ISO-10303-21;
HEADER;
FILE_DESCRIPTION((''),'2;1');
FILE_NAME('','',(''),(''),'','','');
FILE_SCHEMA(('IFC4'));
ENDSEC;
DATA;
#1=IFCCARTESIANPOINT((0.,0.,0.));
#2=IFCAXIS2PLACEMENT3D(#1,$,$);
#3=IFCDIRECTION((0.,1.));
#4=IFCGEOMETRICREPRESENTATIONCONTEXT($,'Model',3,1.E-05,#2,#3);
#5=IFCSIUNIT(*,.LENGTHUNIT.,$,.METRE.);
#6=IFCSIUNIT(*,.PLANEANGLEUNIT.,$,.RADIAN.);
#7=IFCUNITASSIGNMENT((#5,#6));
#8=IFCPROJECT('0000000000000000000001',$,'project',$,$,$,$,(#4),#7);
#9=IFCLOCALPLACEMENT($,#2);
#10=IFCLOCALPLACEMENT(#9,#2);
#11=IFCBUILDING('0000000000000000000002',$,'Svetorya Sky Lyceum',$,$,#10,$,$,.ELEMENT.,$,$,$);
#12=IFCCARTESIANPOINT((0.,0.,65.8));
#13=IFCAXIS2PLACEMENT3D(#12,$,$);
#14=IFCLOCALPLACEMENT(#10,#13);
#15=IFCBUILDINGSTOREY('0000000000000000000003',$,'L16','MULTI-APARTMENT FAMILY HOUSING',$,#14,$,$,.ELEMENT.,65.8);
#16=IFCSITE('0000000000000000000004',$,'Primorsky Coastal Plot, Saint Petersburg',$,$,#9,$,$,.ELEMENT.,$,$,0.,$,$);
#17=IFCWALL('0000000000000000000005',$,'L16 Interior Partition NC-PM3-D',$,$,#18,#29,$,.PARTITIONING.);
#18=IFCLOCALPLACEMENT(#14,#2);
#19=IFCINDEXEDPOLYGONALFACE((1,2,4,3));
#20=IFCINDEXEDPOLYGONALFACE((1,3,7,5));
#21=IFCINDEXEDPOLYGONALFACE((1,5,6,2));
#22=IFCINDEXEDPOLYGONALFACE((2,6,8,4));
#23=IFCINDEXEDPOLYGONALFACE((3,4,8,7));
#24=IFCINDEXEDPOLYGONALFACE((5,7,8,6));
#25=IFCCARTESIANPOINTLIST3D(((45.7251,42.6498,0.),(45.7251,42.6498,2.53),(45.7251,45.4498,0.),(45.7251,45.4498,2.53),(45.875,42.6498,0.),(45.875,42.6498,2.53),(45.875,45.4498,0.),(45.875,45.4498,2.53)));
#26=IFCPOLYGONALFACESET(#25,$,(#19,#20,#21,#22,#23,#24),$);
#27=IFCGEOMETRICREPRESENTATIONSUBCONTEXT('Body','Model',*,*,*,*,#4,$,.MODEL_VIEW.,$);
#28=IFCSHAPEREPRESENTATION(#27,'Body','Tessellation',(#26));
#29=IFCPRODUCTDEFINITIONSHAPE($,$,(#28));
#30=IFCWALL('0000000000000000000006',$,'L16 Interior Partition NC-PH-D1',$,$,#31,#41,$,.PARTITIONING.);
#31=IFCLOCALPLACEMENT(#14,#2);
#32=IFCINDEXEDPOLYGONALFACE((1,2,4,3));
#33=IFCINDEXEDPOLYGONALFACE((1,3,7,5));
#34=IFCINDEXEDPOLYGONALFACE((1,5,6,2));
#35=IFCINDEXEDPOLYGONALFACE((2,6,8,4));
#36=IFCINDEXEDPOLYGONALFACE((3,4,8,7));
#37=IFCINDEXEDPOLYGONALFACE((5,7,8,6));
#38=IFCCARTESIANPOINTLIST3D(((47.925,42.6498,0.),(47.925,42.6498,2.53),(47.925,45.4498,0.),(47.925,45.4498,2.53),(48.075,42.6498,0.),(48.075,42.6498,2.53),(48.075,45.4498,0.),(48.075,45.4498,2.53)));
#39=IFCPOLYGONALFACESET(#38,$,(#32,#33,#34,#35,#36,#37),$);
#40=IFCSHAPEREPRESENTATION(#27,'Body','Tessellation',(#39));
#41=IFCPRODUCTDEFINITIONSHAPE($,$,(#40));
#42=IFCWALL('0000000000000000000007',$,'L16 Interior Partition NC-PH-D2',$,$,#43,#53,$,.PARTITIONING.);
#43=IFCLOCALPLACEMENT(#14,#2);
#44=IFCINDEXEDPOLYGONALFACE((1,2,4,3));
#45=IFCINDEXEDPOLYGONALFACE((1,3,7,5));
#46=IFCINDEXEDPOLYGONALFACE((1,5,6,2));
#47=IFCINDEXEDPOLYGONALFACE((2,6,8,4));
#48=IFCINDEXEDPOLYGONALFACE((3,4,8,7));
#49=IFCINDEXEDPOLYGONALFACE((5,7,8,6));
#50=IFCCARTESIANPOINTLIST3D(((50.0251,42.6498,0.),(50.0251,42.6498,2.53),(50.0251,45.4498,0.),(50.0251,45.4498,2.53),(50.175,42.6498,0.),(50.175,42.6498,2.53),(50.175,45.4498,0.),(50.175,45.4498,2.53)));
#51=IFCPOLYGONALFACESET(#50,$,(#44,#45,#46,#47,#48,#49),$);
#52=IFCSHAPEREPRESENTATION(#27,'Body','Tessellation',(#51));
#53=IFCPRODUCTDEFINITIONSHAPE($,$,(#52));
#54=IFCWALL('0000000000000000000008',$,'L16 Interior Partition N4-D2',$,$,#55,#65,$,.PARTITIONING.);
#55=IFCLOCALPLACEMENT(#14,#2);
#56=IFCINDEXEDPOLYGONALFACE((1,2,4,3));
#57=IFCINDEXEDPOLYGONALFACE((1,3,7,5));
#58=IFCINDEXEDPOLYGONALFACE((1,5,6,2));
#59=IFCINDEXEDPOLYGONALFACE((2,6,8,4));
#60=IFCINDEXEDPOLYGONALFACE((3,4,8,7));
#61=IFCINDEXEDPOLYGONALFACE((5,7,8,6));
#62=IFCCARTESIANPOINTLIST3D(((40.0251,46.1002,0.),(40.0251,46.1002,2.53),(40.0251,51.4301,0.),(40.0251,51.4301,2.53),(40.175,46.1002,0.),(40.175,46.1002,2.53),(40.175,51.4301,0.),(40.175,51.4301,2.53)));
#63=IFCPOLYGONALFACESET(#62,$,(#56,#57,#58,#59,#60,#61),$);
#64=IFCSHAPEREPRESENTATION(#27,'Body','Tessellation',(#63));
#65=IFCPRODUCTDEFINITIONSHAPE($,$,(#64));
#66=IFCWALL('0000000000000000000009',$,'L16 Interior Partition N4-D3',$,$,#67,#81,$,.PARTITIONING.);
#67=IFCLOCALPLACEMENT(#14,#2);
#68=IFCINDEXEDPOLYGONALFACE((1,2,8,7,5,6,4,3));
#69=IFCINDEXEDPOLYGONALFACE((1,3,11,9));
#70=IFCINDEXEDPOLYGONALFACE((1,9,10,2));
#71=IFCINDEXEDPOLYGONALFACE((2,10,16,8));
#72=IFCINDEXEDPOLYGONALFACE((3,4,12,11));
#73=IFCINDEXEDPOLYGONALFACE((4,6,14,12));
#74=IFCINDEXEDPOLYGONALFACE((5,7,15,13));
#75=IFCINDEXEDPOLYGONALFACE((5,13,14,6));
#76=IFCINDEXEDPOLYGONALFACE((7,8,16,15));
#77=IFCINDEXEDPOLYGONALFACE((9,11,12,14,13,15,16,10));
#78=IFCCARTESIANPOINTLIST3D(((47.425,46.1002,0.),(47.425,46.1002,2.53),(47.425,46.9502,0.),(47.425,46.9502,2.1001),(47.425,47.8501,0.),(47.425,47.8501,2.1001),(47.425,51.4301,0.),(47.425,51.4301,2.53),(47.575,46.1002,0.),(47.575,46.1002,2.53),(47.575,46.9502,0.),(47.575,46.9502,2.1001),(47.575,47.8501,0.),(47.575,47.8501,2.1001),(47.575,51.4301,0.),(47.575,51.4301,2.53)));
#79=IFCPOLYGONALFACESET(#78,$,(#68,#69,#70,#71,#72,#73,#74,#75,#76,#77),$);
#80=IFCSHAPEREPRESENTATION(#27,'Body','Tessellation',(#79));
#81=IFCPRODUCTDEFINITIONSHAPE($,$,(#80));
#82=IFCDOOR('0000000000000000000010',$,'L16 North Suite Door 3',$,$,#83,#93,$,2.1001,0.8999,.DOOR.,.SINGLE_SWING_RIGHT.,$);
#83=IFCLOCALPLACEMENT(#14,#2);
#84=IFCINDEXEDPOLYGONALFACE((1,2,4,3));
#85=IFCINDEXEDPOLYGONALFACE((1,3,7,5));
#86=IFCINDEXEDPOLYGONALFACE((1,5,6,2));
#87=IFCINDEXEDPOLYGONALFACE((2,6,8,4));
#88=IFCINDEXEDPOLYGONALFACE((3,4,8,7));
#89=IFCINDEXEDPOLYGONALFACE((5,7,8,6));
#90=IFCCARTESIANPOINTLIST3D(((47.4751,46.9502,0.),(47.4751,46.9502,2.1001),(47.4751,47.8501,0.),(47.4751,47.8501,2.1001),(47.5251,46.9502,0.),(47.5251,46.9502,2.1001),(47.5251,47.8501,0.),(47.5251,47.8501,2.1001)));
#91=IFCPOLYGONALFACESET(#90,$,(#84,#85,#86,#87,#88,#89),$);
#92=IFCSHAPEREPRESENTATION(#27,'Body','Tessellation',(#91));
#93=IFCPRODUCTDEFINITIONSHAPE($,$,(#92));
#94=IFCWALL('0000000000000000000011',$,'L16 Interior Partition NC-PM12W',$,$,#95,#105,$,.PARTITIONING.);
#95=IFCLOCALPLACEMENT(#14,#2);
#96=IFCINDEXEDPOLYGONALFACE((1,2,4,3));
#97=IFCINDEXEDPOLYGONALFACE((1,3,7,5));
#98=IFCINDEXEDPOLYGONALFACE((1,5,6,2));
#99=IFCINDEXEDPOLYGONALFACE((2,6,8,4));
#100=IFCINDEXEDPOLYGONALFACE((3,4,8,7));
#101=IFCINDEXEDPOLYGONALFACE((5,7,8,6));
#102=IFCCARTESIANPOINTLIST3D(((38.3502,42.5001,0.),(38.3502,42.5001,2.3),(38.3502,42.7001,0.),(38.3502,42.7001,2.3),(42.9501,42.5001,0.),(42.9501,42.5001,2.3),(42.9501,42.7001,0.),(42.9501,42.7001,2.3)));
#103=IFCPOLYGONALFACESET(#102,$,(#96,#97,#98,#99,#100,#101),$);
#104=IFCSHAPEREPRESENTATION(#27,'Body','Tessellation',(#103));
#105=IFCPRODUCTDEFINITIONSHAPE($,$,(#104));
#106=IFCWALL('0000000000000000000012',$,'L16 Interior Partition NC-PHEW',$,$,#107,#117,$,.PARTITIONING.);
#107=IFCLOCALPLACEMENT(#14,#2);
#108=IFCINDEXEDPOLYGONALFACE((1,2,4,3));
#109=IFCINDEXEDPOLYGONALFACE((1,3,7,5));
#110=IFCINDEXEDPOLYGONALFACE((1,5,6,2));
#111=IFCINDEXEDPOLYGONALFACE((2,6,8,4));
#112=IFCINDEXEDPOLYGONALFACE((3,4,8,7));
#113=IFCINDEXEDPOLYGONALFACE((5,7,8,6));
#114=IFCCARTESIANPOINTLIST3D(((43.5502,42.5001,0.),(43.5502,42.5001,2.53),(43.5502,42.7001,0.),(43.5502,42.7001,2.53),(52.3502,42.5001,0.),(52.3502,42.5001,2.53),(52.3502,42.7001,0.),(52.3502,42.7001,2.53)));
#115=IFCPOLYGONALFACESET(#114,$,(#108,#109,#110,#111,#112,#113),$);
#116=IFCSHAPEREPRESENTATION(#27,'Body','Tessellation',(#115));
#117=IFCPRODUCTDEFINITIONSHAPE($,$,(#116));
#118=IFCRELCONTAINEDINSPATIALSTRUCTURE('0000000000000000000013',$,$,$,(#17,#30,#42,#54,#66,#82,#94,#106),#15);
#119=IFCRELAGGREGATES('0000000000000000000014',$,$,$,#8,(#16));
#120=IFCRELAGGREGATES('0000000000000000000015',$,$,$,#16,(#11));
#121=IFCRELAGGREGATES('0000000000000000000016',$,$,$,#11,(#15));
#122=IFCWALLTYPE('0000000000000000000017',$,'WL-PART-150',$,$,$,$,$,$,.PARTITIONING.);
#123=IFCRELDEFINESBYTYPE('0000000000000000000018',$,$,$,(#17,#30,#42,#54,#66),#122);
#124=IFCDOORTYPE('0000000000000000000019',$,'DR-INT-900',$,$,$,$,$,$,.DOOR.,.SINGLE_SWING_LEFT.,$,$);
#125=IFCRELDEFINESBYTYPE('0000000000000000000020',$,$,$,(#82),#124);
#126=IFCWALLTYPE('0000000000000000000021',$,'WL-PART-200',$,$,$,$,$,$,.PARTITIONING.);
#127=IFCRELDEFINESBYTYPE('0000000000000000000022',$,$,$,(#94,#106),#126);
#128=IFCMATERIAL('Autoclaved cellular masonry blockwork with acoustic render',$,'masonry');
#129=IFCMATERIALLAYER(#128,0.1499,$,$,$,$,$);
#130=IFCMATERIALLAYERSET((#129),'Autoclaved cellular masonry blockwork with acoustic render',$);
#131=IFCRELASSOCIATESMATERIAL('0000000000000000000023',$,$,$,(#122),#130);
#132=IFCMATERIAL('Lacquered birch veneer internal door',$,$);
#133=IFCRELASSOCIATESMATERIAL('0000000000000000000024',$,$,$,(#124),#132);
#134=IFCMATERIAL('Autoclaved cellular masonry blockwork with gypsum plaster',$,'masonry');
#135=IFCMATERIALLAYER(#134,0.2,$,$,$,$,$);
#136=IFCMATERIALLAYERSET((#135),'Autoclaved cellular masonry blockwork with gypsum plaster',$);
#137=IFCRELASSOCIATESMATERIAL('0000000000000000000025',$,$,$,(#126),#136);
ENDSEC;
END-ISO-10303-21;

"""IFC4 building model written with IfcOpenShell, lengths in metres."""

from ifc_helpers import new_model, si_unit, direction, frame, frame_2d, origin, place, context, subcontext, project, spatial, rectangle, extrude, material, layer, layer_set, type_object, element, fill, save


model = new_model("IFC4")

# Units and contexts
model_context = context("Model", 3, precision=1e-05, world=origin(), true_north=direction((0.0, 1.0)))
body_context = subcontext(model_context, "Body", "Model", "MODEL_VIEW")
ifc_project = project(units=[si_unit("LENGTHUNIT", "METRE"), si_unit("PLANEANGLEUNIT", "RADIAN")], contexts=[model_context])

# Site, building, storey
site_placement = place(None, origin())
site = spatial("IfcSite", under=ifc_project, at=site_placement, Name="Primorsky Coastal Plot, Saint Petersburg", CompositionType="ELEMENT", RefElevation=0.0)
building_placement = place(site_placement, origin())
building = spatial("IfcBuilding", under=site, at=building_placement, Name="Svetorya Sky Lyceum", CompositionType="ELEMENT")
storey_placement = place(building_placement, frame((0.0, 0.0, 65.8)))
storey = spatial("IfcBuildingStorey", under=building, at=storey_placement, Name="L16", Description="MULTI-APARTMENT FAMILY HOUSING", CompositionType="ELEMENT", Elevation=65.8)

# Walls
ifc_material_1 = material(Name="Autoclaved cellular masonry blockwork with acoustic render", Category="masonry")
ifc_layer_1 = layer(ifc_material_1, 0.1499)
ifc_layer_set_1 = layer_set([ifc_layer_1], Name="Autoclaved cellular masonry blockwork with acoustic render")
wall_type_1 = type_object("IfcWallType", Name="WL-PART-150", PredefinedType="PARTITIONING", material=ifc_layer_set_1)
for number, where, z_axis, x_axis, name in (
    (1, (45.8, 42.6499, 0.0), (0.0, 0.0, 1.0), (0.0, 1.0, 0.0), "L16 Interior Partition NC-PM3-D"),
    (2, (48.0, 42.6499, 0.0), (0.0, 0.0, 1.0), (0.0, 1.0, 0.0), "L16 Interior Partition NC-PH-D1"),
    (3, (50.1001, 42.6499, 0.0), (0.0, 0.0, 1.0), (0.0, 1.0, 0.0), "L16 Interior Partition NC-PH-D2"),
):
    element("IfcWall", number, at=place(storey_placement, frame(where, z_axis=z_axis, x_axis=x_axis)), inside=storey, type_object=wall_type_1, Name=name, PredefinedType="PARTITIONING", context=body_context, shape_type="SweptSolid", body=[
        extrude(rectangle(XDim=2.8, YDim=0.1499, at=frame_2d((1.3999, 0.0))), origin(), (0.0, 0.0, 1.0), 2.53),
    ])
wall_1_placement = place(storey_placement, frame((40.1001, 46.1001, 0.0), z_axis=(0.0, 0.0, 1.0), x_axis=(0.0, 1.0, 0.0)))
element("IfcWall", 4, at=wall_1_placement, inside=storey, type_object=wall_type_1, Name="L16 Interior Partition N4-D2", PredefinedType="PARTITIONING", context=body_context, shape_type="SweptSolid", body=[
    extrude(rectangle(XDim=5.3298, YDim=0.1499, at=frame_2d((2.665, 0.0))), origin(), (0.0, 0.0, 1.0), 2.53),
])

# Wall, opening, door
wall_2_placement = place(storey_placement, frame((47.5, 46.1001, 0.0), z_axis=(0.0, 0.0, 1.0), x_axis=(0.0, 1.0, 0.0)))
wall_2 = element("IfcWall", 5, at=wall_2_placement, inside=storey, type_object=wall_type_1, Name="L16 Interior Partition N4-D3", PredefinedType="PARTITIONING", context=body_context, shape_type="SweptSolid", body=[
    extrude(rectangle(XDim=5.3298, YDim=0.1499, at=frame_2d((2.665, 0.0))), origin(), (0.0, 0.0, 1.0), 2.53),
])
opening_1_placement = place(wall_2_placement, frame((0.8501, 0.0, 0.0)))
opening_1 = element("IfcOpeningElement", 6, at=opening_1_placement, cuts=wall_2, PredefinedType="OPENING", context=body_context, shape_type="SweptSolid", body=[
    extrude(rectangle(XDim=0.8999, YDim=2.1001, at=frame_2d((0.45, 1.05))), frame((0.0, 0.085, 0.0), z_axis=(0.0, -1.0, 0.0), x_axis=(1.0, 0.0, 0.0)), (0.0, 0.0, 1.0), 0.1699),
])
ifc_material_2 = material(Name="Lacquered birch veneer internal door")
door_type = type_object("IfcDoorType", Name="DR-INT-900", OperationType="SINGLE_SWING_LEFT", PredefinedType="DOOR", material=ifc_material_2)
door_placement = place(opening_1_placement, origin())
door = element("IfcDoor", 7, at=door_placement, inside=storey, type_object=door_type, Name="L16 North Suite Door 3", OperationType="SINGLE_SWING_RIGHT", OverallHeight=2.1001, OverallWidth=0.8999, PredefinedType="DOOR", context=body_context, shape_type="SweptSolid", body=[
    extrude(rectangle(XDim=0.8999, YDim=2.1001, at=frame_2d((0.45, 1.05))), frame((0.0, 0.0249, 0.0), z_axis=(0.0, -1.0, 0.0), x_axis=(1.0, 0.0, 0.0)), (0.0, 0.0, 1.0), 0.05),
])
fill(opening_1, door)

# Walls
ifc_material_3 = material(Name="Autoclaved cellular masonry blockwork with gypsum plaster", Category="masonry")
ifc_layer_2 = layer(ifc_material_3, 0.2)
ifc_layer_set_2 = layer_set([ifc_layer_2], Name="Autoclaved cellular masonry blockwork with gypsum plaster")
wall_type_2 = type_object("IfcWallType", Name="WL-PART-200", PredefinedType="PARTITIONING", material=ifc_layer_set_2)
wall_3_placement = place(storey_placement, frame((42.95, 42.6001, 0.0), z_axis=(0.0, 0.0, 1.0), x_axis=(-1.0, 0.0, 0.0)))
element("IfcWall", 8, at=wall_3_placement, inside=storey, type_object=wall_type_2, Name="L16 Interior Partition NC-PM12W", PredefinedType="PARTITIONING", context=body_context, shape_type="SweptSolid", body=[
    extrude(rectangle(XDim=4.5999, YDim=0.2, at=frame_2d((2.2998, 0.0))), origin(), (0.0, 0.0, 1.0), 2.3),
])
wall_4_placement = place(storey_placement, frame((52.3501, 42.6001, 0.0), z_axis=(0.0, 0.0, 1.0), x_axis=(-1.0, 0.0, 0.0)))
element("IfcWall", 9, at=wall_4_placement, inside=storey, type_object=wall_type_2, Name="L16 Interior Partition NC-PHEW", PredefinedType="PARTITIONING", context=body_context, shape_type="SweptSolid", body=[
    extrude(rectangle(XDim=8.8, YDim=0.2, at=frame_2d((4.3999, 0.0))), origin(), (0.0, 0.0, 1.0), 2.53),
])

save(model, "model.ifc")
